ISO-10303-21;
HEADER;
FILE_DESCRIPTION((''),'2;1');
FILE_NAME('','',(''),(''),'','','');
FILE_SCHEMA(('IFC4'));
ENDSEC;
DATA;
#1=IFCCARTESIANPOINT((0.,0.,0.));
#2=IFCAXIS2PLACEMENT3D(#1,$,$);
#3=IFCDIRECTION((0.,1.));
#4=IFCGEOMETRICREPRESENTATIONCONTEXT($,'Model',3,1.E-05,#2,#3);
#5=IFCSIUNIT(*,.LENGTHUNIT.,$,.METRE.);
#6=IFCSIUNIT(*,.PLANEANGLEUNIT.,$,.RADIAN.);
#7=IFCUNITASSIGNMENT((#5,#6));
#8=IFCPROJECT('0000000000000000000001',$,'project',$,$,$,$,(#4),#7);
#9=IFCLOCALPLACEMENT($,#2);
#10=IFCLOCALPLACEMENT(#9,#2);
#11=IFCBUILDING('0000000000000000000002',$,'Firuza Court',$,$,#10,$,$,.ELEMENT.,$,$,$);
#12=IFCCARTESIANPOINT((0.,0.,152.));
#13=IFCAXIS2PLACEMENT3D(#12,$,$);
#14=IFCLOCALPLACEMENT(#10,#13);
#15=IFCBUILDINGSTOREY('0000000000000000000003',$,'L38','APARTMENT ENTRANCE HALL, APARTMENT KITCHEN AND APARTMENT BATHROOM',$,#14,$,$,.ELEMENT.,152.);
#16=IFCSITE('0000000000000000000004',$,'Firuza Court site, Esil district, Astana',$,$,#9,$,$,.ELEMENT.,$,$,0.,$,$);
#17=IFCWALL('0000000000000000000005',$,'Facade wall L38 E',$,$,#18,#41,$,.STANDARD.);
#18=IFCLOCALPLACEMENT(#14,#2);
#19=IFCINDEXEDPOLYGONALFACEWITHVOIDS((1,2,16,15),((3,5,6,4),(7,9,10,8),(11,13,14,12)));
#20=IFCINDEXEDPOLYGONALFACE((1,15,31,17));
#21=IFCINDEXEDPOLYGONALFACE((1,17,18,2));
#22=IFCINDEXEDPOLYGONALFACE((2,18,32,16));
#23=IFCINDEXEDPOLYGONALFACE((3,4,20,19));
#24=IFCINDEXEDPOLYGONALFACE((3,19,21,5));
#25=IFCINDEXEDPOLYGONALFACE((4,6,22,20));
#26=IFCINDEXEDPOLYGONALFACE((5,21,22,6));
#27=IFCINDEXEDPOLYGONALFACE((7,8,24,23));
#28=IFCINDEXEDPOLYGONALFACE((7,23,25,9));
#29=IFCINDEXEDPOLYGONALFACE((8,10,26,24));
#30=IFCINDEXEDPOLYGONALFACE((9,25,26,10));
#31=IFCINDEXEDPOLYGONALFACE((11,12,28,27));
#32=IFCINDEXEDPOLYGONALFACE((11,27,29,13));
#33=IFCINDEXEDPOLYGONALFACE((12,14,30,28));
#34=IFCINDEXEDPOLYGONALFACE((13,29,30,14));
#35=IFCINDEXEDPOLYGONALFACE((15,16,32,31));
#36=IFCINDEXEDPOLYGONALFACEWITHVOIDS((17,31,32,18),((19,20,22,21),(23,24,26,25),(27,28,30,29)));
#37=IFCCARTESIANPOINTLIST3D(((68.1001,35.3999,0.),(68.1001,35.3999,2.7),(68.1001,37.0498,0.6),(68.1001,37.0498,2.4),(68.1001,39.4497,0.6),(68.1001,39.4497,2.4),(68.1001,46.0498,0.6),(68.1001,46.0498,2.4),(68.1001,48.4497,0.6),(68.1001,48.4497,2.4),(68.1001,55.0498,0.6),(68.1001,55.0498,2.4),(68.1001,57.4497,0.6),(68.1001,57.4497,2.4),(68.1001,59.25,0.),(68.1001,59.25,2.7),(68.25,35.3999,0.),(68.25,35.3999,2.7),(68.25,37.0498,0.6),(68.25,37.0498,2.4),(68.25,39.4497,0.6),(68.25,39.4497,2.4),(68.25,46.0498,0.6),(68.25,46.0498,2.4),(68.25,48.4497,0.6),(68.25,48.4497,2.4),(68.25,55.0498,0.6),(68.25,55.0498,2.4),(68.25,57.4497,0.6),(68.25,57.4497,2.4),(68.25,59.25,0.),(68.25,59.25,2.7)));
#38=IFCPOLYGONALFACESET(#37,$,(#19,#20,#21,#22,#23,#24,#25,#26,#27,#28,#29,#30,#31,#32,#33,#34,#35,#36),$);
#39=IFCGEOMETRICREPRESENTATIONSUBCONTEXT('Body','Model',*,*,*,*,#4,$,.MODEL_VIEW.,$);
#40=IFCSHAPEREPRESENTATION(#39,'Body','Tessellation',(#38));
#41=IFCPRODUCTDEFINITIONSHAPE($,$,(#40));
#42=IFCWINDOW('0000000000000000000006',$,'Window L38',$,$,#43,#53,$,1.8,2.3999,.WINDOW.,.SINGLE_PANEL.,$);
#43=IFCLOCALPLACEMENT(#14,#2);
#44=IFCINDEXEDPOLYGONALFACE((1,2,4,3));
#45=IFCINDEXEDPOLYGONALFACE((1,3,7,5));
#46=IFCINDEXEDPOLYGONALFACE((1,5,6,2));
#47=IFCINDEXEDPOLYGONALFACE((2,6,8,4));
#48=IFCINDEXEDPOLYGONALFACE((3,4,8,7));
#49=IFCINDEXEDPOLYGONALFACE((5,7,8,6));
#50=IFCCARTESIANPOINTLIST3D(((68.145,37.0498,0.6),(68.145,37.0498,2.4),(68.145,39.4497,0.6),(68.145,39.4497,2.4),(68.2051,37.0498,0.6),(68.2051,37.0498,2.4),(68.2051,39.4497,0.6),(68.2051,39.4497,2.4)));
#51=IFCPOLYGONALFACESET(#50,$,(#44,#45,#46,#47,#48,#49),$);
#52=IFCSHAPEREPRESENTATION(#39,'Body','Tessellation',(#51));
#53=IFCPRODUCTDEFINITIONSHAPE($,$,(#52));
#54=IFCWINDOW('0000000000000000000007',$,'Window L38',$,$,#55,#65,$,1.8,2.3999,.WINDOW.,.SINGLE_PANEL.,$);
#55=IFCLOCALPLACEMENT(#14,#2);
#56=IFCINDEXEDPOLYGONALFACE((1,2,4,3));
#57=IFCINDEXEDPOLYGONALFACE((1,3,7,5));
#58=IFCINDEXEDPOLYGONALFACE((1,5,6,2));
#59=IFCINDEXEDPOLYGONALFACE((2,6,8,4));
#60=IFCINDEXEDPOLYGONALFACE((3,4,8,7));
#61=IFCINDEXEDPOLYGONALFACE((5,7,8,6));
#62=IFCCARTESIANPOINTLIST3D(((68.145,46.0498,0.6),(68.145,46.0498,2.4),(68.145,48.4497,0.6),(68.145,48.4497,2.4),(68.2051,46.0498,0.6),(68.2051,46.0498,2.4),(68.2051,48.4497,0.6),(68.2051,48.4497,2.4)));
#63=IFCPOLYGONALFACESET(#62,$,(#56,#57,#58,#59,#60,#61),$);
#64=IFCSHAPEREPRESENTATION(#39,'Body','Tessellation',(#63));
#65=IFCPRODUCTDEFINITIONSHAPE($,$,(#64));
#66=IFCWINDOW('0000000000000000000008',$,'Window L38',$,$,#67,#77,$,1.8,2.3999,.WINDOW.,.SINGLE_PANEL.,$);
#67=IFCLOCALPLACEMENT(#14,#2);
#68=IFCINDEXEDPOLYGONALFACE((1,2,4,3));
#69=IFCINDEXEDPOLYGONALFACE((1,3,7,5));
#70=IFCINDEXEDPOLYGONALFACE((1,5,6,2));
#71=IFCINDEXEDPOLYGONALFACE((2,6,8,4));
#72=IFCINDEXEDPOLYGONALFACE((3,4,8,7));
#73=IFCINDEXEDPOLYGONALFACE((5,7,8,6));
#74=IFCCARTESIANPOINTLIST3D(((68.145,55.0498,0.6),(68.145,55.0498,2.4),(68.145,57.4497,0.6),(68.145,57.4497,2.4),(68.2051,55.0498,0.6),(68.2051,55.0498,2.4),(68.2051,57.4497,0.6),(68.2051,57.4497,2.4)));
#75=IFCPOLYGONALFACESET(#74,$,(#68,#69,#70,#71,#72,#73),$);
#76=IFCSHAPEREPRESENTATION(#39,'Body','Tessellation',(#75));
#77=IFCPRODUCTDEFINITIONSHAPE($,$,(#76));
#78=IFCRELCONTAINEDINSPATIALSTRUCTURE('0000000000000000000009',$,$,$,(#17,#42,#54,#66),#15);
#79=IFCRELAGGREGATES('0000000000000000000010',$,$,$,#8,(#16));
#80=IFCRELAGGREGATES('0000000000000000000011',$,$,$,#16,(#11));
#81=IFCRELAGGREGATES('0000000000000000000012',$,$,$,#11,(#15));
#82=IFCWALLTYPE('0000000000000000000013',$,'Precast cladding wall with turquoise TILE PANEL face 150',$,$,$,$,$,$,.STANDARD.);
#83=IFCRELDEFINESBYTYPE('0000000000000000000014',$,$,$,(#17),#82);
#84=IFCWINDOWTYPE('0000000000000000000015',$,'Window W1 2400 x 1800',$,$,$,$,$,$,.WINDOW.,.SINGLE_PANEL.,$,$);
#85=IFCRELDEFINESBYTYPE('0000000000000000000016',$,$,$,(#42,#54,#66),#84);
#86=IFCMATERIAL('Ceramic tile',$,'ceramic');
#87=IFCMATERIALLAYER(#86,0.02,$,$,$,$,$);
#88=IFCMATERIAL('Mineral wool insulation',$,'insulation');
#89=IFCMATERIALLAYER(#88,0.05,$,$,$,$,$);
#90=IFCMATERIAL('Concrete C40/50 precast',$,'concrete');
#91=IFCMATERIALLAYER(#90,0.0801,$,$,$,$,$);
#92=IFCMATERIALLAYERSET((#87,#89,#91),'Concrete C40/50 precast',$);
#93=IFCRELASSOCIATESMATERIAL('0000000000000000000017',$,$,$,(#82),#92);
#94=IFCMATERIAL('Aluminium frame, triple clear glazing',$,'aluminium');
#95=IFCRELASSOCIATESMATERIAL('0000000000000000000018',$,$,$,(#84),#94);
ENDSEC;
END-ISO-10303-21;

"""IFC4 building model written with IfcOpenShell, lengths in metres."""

from ifc_helpers import new_model, si_unit, direction, frame, frame_2d, origin, place, context, subcontext, project, spatial, rectangle, extrude, material, layer, layer_set, type_object, element, fill, save


model = new_model("IFC4")

# Units and contexts
model_context = context("Model", 3, precision=1e-05, world=origin(), true_north=direction((0.0, 1.0)))
body_context = subcontext(model_context, "Body", "Model", "MODEL_VIEW")
ifc_project = project(units=[si_unit("LENGTHUNIT", "METRE"), si_unit("PLANEANGLEUNIT", "RADIAN")], contexts=[model_context])

# Site, building, storey
site_placement = place(None, origin())
site = spatial("IfcSite", under=ifc_project, at=site_placement, Name="Firuza Court site, Esil district, Astana", CompositionType="ELEMENT", RefElevation=0.0)
building_placement = place(site_placement, origin())
building = spatial("IfcBuilding", under=site, at=building_placement, Name="Firuza Court", CompositionType="ELEMENT")
storey_placement = place(building_placement, frame((0.0, 0.0, 152.0)))
storey = spatial("IfcBuildingStorey", under=building, at=storey_placement, Name="L38", Description="APARTMENT ENTRANCE HALL, APARTMENT KITCHEN AND APARTMENT BATHROOM", CompositionType="ELEMENT", Elevation=152.0)

# Wall, openings, windows
ifc_material_1 = material(Name="Ceramic tile", Category="ceramic")
ifc_layer_1 = layer(ifc_material_1, 0.02)
ifc_material_2 = material(Name="Mineral wool insulation", Category="insulation")
ifc_layer_2 = layer(ifc_material_2, 0.05)
ifc_material_3 = material(Name="Concrete C40/50 precast", Category="concrete")
ifc_layer_3 = layer(ifc_material_3, 0.0801)
ifc_layer_set_1 = layer_set([ifc_layer_1, ifc_layer_2, ifc_layer_3], Name="Concrete C40/50 precast")
wall_type_1 = type_object("IfcWallType", Name="Precast cladding wall with turquoise TILE PANEL face 150", PredefinedType="STANDARD", material=ifc_layer_set_1)
wall_1_placement = place(storey_placement, frame((68.175, 35.3999, 0.0), z_axis=(0.0, 0.0, 1.0), x_axis=(0.0, 1.0, 0.0)))
wall_1 = element("IfcWall", 1, at=wall_1_placement, inside=storey, type_object=wall_type_1, Name="Facade wall L38 E", PredefinedType="STANDARD", context=body_context, shape_type="SweptSolid", body=[
    extrude(rectangle(XDim=23.8501, YDim=0.1499, at=frame_2d((11.925, 0.0))), origin(), (0.0, 0.0, 1.0), 2.7),
])
opening_1_placement = place(wall_1_placement, frame((1.6499, 0.0, 0.6001)))
opening_1 = element("IfcOpeningElement", 2, at=opening_1_placement, cuts=wall_1, PredefinedType="OPENING", context=body_context, shape_type="SweptSolid", body=[
    extrude(rectangle(XDim=2.3999, YDim=1.8, at=frame_2d((1.2, 0.8999))), frame((0.0, 0.0869, 0.0), z_axis=(0.0, -1.0, 0.0), x_axis=(1.0, 0.0, 0.0)), (0.0, 0.0, 1.0), 0.1738),
])
opening_2_placement = place(wall_1_placement, frame((10.6499, 0.0, 0.6001)))
opening_2 = element("IfcOpeningElement", 3, at=opening_2_placement, cuts=wall_1, PredefinedType="OPENING", context=body_context, shape_type="SweptSolid", body=[
    extrude(rectangle(XDim=2.3999, YDim=1.8, at=frame_2d((1.2, 0.8999))), frame((0.0, 0.0869, 0.0), z_axis=(0.0, -1.0, 0.0), x_axis=(1.0, 0.0, 0.0)), (0.0, 0.0, 1.0), 0.1738),
])
opening_3_placement = place(wall_1_placement, frame((19.6499, 0.0, 0.6001)))
opening_3 = element("IfcOpeningElement", 4, at=opening_3_placement, cuts=wall_1, PredefinedType="OPENING", context=body_context, shape_type="SweptSolid", body=[
    extrude(rectangle(XDim=2.3999, YDim=1.8, at=frame_2d((1.2, 0.8999))), frame((0.0, 0.0869, 0.0), z_axis=(0.0, -1.0, 0.0), x_axis=(1.0, 0.0, 0.0)), (0.0, 0.0, 1.0), 0.1738),
])
ifc_material_4 = material(Name="Aluminium frame, triple clear glazing", Category="aluminium")
window_type = type_object("IfcWindowType", Name="Window W1 2400 x 1800", PartitioningType="SINGLE_PANEL", PredefinedType="WINDOW", material=ifc_material_4)
window_1_placement = place(opening_1_placement, origin())
window_1 = element("IfcWindow", 5, at=window_1_placement, inside=storey, type_object=window_type, Name="Window L38", OverallHeight=1.8, OverallWidth=2.3999, PartitioningType="SINGLE_PANEL", PredefinedType="WINDOW", context=body_context, shape_type="SweptSolid", body=[
    extrude(rectangle(XDim=2.3999, YDim=1.8, at=frame_2d((1.2, 0.8999))), frame((0.0, 0.03, 0.0), z_axis=(0.0, -1.0, 0.0), x_axis=(1.0, 0.0, 0.0)), (0.0, 0.0, 1.0), 0.0601),
])
fill(opening_1, window_1)
window_2_placement = place(opening_2_placement, origin())
window_2 = element("IfcWindow", 6, at=window_2_placement, inside=storey, type_object=window_type, Name="Window L38", OverallHeight=1.8, OverallWidth=2.3999, PartitioningType="SINGLE_PANEL", PredefinedType="WINDOW", context=body_context, shape_type="SweptSolid", body=[
    extrude(rectangle(XDim=2.3999, YDim=1.8, at=frame_2d((1.2, 0.8999))), frame((0.0, 0.03, 0.0), z_axis=(0.0, -1.0, 0.0), x_axis=(1.0, 0.0, 0.0)), (0.0, 0.0, 1.0), 0.0601),
])
fill(opening_2, window_2)
window_3_placement = place(opening_3_placement, origin())
window_3 = element("IfcWindow", 7, at=window_3_placement, inside=storey, type_object=window_type, Name="Window L38", OverallHeight=1.8, OverallWidth=2.3999, PartitioningType="SINGLE_PANEL", PredefinedType="WINDOW", context=body_context, shape_type="SweptSolid", body=[
    extrude(rectangle(XDim=2.3999, YDim=1.8, at=frame_2d((1.2, 0.8999))), frame((0.0, 0.03, 0.0), z_axis=(0.0, -1.0, 0.0), x_axis=(1.0, 0.0, 0.0)), (0.0, 0.0, 1.0), 0.0601),
])
fill(opening_3, window_3)

save(model, "model.ifc")
